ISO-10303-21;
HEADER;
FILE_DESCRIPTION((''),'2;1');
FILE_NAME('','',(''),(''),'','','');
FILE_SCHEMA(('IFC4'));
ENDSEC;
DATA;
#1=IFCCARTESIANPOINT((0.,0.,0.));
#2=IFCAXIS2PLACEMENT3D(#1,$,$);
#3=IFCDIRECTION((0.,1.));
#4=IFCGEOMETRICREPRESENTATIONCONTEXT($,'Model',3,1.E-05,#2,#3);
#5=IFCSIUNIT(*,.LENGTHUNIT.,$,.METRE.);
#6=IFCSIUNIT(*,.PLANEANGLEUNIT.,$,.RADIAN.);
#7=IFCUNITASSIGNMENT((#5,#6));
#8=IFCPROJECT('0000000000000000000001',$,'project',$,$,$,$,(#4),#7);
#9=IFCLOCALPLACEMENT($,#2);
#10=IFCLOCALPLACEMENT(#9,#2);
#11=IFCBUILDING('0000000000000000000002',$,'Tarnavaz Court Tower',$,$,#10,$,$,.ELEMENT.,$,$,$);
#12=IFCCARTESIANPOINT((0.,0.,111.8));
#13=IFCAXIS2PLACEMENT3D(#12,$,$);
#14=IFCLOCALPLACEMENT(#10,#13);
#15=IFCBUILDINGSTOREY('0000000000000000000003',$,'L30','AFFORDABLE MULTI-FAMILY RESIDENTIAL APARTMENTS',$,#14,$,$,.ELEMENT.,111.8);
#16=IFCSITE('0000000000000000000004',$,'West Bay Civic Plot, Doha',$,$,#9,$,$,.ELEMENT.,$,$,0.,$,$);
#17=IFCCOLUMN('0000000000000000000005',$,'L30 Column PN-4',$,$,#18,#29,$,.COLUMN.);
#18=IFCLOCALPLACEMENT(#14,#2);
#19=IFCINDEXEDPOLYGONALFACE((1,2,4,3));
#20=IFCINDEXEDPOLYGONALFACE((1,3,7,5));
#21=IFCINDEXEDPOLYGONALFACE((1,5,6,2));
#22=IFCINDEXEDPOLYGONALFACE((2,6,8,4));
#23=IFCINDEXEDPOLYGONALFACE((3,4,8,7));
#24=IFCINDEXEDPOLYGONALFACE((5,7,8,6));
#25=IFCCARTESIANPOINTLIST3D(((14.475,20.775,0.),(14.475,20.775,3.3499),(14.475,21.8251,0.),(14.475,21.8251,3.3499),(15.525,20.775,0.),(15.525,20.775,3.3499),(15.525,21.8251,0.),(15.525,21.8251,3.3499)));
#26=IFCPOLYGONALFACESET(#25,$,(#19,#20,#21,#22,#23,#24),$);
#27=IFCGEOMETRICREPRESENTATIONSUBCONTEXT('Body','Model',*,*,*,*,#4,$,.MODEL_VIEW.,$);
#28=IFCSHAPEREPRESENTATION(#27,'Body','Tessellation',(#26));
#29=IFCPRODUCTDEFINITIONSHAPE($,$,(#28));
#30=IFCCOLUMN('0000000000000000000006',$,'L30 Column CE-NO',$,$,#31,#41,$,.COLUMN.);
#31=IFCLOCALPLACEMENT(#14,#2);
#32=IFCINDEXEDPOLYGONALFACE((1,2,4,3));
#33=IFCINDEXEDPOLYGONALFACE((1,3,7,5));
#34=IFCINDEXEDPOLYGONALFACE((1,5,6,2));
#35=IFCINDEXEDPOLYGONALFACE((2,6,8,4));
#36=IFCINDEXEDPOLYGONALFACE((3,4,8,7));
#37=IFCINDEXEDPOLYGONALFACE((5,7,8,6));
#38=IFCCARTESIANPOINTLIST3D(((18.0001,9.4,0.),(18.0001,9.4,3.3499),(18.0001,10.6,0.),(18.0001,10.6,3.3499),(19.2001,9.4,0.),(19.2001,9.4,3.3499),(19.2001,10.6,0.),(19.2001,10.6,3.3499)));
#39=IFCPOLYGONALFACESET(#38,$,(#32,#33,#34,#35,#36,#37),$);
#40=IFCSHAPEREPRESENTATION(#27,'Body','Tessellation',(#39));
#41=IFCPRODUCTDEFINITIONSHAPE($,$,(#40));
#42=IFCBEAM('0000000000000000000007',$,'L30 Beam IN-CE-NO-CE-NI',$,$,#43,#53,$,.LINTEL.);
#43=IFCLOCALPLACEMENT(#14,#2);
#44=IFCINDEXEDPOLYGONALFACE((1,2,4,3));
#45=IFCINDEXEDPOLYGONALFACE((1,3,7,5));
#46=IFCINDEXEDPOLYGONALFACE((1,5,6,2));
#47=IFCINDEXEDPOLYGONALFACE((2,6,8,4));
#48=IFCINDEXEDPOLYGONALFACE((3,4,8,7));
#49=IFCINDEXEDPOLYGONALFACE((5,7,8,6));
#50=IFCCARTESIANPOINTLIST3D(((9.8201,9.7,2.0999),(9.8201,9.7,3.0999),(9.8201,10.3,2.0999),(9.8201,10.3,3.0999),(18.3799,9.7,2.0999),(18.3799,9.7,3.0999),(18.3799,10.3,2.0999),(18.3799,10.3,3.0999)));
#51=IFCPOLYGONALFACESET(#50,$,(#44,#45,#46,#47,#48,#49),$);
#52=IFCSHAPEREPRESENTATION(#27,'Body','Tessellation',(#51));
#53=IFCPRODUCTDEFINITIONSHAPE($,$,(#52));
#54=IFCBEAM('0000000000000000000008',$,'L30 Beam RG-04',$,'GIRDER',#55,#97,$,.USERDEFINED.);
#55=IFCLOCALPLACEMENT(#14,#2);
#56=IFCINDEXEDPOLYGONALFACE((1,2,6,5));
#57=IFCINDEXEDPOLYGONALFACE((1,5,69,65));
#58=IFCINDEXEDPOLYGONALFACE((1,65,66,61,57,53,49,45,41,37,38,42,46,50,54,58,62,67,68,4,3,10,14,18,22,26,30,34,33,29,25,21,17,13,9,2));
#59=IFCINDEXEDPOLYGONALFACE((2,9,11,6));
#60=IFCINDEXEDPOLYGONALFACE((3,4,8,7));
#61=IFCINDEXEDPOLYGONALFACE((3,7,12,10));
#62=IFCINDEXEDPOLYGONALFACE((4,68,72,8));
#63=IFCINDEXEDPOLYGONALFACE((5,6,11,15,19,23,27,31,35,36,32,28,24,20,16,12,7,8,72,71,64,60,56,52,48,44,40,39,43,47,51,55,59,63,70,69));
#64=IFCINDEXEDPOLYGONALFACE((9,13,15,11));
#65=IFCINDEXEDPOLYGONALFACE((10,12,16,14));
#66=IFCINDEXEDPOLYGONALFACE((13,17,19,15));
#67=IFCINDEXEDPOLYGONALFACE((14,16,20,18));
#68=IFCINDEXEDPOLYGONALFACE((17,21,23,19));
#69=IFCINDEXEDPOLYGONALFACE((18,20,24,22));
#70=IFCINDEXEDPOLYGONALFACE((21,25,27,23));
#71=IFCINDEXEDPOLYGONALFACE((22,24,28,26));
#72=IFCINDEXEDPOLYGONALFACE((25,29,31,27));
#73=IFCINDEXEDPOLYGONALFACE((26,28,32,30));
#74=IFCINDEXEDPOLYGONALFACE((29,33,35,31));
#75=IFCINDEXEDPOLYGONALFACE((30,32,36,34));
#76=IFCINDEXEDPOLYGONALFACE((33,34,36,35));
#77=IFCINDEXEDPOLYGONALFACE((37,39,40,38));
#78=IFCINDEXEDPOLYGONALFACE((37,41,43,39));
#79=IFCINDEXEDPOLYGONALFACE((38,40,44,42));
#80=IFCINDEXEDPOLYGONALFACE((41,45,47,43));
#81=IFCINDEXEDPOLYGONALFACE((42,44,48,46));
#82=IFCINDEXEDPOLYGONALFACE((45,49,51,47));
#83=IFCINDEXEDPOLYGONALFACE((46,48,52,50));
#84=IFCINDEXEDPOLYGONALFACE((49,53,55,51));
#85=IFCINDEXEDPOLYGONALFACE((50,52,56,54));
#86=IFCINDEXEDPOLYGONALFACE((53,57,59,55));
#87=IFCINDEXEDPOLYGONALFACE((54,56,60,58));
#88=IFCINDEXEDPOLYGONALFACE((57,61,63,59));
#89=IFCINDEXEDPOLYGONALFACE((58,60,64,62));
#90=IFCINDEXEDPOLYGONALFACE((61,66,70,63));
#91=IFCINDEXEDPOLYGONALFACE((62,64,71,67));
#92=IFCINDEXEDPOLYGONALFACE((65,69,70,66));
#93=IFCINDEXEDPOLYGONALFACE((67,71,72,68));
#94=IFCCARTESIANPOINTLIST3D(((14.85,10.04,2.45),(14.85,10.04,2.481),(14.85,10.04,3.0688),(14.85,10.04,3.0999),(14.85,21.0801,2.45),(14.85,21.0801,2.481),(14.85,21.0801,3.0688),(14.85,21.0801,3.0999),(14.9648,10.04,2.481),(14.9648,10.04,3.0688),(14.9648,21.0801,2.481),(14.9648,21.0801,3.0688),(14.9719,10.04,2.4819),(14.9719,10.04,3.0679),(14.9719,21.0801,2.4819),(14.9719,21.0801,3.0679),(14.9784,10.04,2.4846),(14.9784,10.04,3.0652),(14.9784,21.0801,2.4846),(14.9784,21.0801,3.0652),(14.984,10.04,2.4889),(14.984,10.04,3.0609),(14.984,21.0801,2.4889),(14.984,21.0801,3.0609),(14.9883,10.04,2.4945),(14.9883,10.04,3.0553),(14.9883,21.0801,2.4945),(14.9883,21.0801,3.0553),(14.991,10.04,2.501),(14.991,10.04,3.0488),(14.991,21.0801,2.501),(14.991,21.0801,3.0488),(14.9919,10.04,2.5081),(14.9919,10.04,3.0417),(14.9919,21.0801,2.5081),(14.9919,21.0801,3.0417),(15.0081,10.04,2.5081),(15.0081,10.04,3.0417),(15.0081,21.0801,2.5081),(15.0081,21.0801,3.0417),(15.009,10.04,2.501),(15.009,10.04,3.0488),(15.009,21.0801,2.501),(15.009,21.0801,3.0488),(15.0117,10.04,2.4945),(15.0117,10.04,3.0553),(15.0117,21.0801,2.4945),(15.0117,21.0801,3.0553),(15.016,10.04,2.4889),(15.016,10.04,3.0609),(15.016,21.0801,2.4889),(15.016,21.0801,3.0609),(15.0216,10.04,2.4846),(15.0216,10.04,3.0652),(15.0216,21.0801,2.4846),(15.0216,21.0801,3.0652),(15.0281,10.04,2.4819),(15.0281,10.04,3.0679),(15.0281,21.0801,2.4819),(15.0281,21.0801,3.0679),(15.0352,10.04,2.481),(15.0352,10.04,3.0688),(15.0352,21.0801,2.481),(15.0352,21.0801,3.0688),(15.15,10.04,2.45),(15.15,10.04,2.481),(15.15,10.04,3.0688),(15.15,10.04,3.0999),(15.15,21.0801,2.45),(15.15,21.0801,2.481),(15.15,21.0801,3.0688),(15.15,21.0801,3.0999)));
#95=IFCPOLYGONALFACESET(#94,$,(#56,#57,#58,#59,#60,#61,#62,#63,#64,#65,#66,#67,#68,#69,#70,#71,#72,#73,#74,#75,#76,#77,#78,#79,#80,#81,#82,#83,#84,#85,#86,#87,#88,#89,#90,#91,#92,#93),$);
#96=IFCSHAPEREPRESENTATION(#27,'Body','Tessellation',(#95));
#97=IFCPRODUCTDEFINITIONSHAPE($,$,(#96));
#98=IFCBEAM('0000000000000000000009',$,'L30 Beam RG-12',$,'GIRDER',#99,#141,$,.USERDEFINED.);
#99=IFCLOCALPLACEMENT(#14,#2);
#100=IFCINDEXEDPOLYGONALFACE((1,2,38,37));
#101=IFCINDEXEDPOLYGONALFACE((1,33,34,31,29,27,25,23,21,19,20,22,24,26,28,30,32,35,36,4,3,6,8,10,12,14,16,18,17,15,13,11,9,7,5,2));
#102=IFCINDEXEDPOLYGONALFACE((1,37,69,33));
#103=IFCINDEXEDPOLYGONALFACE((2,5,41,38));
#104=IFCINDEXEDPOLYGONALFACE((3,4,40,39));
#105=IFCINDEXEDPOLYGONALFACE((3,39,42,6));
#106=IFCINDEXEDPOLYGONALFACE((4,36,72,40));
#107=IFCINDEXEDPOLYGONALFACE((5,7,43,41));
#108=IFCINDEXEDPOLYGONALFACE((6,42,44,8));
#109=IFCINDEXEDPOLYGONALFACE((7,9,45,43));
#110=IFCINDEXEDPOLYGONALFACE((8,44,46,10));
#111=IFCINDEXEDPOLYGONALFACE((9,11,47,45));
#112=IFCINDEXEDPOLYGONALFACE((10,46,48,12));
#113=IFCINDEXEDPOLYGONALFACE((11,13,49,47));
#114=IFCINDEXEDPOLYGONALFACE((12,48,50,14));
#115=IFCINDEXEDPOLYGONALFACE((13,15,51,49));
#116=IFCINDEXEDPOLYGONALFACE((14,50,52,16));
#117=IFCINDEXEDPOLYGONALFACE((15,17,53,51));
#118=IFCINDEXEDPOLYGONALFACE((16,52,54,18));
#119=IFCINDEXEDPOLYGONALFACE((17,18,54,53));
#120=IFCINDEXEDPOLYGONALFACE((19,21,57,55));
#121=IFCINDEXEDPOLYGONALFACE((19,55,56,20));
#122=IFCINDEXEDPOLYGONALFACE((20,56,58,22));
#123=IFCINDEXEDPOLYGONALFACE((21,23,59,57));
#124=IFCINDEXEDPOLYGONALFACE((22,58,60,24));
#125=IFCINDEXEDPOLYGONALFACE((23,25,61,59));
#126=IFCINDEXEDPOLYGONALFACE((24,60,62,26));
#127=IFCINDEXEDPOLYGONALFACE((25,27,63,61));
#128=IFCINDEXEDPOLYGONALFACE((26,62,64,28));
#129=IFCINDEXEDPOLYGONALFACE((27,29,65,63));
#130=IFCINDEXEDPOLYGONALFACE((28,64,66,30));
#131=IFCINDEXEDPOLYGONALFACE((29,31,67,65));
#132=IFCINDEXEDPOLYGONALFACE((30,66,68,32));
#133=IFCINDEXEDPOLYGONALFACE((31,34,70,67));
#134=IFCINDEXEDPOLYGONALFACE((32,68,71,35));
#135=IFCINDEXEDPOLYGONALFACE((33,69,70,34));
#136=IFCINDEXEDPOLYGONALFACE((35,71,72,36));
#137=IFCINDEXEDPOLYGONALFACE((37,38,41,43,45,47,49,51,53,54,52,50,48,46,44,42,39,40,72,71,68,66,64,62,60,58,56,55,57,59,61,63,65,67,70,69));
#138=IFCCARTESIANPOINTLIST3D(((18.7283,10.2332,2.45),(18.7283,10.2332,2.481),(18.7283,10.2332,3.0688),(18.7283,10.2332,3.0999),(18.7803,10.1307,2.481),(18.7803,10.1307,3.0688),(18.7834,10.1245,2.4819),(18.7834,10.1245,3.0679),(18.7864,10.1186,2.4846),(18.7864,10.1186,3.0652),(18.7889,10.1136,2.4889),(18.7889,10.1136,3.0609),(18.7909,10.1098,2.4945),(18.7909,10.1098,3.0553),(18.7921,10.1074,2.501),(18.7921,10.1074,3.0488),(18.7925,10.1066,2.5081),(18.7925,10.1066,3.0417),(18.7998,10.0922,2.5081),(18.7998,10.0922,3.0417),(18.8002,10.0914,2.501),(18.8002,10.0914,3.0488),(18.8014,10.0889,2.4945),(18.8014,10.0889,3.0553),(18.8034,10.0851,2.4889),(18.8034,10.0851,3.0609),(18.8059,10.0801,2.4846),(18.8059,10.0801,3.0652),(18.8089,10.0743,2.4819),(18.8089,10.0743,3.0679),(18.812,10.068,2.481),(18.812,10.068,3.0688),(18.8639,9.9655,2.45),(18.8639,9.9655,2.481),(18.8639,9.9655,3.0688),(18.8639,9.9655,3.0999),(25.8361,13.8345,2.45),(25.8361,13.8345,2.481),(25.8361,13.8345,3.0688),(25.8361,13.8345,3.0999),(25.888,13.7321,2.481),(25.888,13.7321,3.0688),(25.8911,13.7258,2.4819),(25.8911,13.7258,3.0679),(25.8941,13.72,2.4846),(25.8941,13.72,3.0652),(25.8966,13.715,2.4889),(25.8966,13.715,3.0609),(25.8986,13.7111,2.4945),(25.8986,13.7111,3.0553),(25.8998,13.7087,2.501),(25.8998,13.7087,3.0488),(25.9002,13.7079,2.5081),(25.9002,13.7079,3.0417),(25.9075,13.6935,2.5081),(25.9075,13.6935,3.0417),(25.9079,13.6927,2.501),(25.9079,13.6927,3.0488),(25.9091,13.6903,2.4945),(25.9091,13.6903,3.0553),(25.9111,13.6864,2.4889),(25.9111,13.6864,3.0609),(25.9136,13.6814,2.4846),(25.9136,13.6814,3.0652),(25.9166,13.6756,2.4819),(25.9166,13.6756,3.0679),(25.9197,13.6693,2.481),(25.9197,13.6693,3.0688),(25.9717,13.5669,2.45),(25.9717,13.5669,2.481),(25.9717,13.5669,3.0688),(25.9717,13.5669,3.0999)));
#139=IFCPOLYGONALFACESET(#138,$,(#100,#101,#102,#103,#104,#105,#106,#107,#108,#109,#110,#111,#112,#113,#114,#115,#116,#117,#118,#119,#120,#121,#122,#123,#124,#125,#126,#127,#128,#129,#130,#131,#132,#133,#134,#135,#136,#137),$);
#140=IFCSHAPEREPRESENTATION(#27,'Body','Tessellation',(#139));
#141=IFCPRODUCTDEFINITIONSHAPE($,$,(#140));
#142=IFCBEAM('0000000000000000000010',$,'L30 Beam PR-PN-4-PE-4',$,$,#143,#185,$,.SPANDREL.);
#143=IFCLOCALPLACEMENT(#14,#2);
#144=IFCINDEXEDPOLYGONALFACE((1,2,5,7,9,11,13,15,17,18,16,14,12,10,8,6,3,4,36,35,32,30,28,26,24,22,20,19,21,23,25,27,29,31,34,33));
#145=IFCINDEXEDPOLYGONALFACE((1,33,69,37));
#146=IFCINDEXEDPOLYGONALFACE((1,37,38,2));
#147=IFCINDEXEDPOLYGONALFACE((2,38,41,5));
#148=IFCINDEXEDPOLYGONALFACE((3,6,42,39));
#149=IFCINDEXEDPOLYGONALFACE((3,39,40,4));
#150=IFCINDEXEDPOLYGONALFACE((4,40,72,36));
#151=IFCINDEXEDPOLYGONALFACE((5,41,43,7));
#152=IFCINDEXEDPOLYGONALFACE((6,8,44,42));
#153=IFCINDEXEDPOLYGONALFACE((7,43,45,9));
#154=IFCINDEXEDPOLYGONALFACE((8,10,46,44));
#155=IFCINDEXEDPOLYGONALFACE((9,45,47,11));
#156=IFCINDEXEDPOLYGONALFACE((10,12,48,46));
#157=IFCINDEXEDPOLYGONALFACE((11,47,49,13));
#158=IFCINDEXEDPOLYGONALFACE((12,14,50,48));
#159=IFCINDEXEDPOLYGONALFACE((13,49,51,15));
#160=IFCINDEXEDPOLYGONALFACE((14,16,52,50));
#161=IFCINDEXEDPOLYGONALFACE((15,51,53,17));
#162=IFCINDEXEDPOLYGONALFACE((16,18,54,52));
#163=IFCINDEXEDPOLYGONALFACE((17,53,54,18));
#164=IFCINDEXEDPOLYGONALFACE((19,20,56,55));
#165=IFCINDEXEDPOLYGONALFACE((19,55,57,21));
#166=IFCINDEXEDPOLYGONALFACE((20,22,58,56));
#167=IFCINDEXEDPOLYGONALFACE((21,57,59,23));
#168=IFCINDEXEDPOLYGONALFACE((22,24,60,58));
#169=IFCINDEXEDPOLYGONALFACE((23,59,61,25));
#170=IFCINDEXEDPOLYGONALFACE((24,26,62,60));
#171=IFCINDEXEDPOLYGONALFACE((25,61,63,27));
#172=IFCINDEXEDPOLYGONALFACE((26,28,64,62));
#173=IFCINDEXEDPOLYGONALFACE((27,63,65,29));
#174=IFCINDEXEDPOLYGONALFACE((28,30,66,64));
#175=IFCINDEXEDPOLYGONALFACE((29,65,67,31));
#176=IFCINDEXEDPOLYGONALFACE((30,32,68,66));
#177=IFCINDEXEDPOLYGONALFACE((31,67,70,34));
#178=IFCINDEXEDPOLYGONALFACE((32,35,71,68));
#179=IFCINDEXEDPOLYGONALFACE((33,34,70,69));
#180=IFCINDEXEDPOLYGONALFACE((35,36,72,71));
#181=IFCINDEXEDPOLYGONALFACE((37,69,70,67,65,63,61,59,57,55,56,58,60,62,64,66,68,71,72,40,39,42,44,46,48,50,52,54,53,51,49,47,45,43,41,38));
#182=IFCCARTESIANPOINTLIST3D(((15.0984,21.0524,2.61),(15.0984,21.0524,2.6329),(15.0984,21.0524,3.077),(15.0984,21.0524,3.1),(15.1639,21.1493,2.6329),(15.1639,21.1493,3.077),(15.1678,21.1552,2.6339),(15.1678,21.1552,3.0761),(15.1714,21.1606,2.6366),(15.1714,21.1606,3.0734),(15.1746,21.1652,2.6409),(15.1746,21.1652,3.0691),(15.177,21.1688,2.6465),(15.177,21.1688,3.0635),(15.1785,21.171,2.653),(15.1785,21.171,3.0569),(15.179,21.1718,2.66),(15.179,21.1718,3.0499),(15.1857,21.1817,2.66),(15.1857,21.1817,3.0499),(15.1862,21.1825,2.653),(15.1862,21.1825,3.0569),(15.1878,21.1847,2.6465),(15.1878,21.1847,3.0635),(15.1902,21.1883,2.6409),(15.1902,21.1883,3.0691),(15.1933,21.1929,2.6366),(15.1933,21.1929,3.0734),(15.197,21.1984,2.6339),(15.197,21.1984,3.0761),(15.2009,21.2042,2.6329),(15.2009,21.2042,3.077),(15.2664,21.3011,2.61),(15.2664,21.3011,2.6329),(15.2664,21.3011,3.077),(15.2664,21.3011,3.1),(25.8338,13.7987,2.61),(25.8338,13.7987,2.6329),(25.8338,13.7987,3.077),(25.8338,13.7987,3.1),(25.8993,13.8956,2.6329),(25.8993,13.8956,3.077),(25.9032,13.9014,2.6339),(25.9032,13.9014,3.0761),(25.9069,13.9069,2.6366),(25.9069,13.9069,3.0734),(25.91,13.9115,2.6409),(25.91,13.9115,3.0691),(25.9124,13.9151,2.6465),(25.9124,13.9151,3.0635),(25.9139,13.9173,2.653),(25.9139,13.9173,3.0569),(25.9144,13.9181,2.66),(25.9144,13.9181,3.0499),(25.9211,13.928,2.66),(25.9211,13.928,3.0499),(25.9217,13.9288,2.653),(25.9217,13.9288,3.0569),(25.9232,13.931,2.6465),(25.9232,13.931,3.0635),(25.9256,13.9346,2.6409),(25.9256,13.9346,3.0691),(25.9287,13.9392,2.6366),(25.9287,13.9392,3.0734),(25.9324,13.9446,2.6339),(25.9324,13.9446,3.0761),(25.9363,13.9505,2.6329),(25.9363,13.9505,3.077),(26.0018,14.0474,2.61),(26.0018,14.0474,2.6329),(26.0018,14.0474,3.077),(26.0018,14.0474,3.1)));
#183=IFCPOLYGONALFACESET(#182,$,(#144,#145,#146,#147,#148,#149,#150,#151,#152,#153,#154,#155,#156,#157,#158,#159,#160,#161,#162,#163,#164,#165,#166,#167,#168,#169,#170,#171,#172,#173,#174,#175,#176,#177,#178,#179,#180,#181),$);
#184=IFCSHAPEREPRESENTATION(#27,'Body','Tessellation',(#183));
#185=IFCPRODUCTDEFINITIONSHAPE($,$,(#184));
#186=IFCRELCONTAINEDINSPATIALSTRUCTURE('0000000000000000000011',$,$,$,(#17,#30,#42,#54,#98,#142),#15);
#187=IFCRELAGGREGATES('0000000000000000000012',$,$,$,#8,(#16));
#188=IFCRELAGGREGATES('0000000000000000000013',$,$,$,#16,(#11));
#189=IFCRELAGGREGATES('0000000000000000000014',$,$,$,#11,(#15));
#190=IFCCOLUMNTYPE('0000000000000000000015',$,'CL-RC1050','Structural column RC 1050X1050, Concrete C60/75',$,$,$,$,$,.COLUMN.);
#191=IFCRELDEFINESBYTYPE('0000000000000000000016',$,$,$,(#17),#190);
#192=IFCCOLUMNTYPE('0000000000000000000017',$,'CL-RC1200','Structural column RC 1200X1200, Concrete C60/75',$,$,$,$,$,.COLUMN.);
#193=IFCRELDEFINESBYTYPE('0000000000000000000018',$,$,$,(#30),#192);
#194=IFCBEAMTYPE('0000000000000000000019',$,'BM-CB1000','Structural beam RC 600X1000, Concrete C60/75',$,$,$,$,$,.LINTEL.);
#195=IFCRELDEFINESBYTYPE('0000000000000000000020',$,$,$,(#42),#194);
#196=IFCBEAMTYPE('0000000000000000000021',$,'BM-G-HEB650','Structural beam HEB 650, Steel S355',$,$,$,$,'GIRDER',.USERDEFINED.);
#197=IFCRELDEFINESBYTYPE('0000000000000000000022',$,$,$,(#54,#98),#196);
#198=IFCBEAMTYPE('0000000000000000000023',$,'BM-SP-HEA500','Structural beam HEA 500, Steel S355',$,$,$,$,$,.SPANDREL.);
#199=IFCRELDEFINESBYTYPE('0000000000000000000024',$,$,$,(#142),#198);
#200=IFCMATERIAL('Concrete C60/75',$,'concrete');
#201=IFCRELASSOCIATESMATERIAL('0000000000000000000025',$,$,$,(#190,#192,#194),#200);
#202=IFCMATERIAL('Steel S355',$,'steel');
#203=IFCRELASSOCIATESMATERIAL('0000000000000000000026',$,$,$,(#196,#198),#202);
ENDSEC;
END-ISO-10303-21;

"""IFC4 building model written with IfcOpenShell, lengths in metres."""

from ifc_helpers import new_model, si_unit, direction, frame, origin, origin_2d, place, context, subcontext, project, spatial, rectangle, i_section, extrude, material, material_profile, profile_set, type_object, element, save


model = new_model("IFC4")

# Units and contexts
model_context = context("Model", 3, precision=1e-05, world=origin(), true_north=direction((0.0, 1.0)))
body_context = subcontext(model_context, "Body", "Model", "MODEL_VIEW")
ifc_project = project(units=[si_unit("LENGTHUNIT", "METRE"), si_unit("PLANEANGLEUNIT", "RADIAN")], contexts=[model_context])

# Site, building, storey
site_placement = place(None, origin())
site = spatial("IfcSite", under=ifc_project, at=site_placement, Name="West Bay Civic Plot, Doha", CompositionType="ELEMENT", RefElevation=0.0)
building_placement = place(site_placement, origin())
building = spatial("IfcBuilding", under=site, at=building_placement, Name="Tarnavaz Court Tower", CompositionType="ELEMENT")
storey_placement = place(building_placement, frame((0.0, 0.0, 111.8)))
storey = spatial("IfcBuildingStorey", under=building, at=storey_placement, Name="L30", Description="AFFORDABLE MULTI-FAMILY RESIDENTIAL APARTMENTS", CompositionType="ELEMENT", Elevation=111.8)

# Columns
ifc_material_1 = material(Name="Concrete C60/75", Category="concrete")
ifc_material_profile_1 = material_profile(ifc_material_1, rectangle(XDim=1.05, YDim=1.05, at=origin_2d()), Name="RC 1050X1050")
ifc_profile_set_1 = profile_set([ifc_material_profile_1], Name="Concrete C60/75")
column_type_1 = type_object("IfcColumnType", Name="CL-RC1050", Description="Structural column RC 1050X1050, Concrete C60/75", PredefinedType="COLUMN", material=ifc_profile_set_1)
column_1_placement = place(storey_placement, frame((15.0, 21.3, 0.0), z_axis=(0.0, 0.0, 1.0), x_axis=(1.0, 0.0, 0.0)))
element("IfcColumn", 1, at=column_1_placement, inside=storey, type_object=column_type_1, Name="L30 Column PN-4", PredefinedType="COLUMN", context=body_context, shape_type="SweptSolid", body=[
    extrude(rectangle(XDim=1.05, YDim=1.05, at=origin_2d()), origin(), (0.0, 0.0, 1.0), 3.3499),
])
ifc_material_profile_2 = material_profile(ifc_material_1, rectangle(XDim=1.2, YDim=1.2, at=origin_2d()), Name="RC 1200X1200")
ifc_profile_set_2 = profile_set([ifc_material_profile_2], Name="Concrete C60/75")
column_type_2 = type_object("IfcColumnType", Name="CL-RC1200", Description="Structural column RC 1200X1200, Concrete C60/75", PredefinedType="COLUMN", material=ifc_profile_set_2)
column_2_placement = place(storey_placement, frame((18.6001, 10.0, 0.0), z_axis=(0.0, 0.0, 1.0), x_axis=(1.0, 0.0, 0.0)))
element("IfcColumn", 2, at=column_2_placement, inside=storey, type_object=column_type_2, Name="L30 Column CE-NO", PredefinedType="COLUMN", context=body_context, shape_type="SweptSolid", body=[
    extrude(rectangle(XDim=1.2, YDim=1.2, at=origin_2d()), origin(), (0.0, 0.0, 1.0), 3.3499),
])

# Beams
ifc_material_profile_3 = material_profile(ifc_material_1, rectangle(XDim=0.6001, YDim=1.0, at=origin_2d()), Name="RC 600X1000")
ifc_profile_set_3 = profile_set([ifc_material_profile_3], Name="Concrete C60/75")
beam_type_1 = type_object("IfcBeamType", Name="BM-CB1000", Description="Structural beam RC 600X1000, Concrete C60/75", PredefinedType="LINTEL", material=ifc_profile_set_3)
beam_1_placement = place(storey_placement, frame((18.3799, 10.0, 2.5999), z_axis=(-1.0, 0.0, 0.0), x_axis=(0.0, -1.0, 0.0)))
element("IfcBeam", 3, at=beam_1_placement, inside=storey, type_object=beam_type_1, Name="L30 Beam IN-CE-NO-CE-NI", PredefinedType="LINTEL", context=body_context, shape_type="SweptSolid", body=[
    extrude(rectangle(XDim=0.6001, YDim=1.0, at=origin_2d()), origin(), (0.0, 0.0, 1.0), 8.5598),
])
ifc_material_2 = material(Name="Steel S355", Category="steel")
ifc_material_profile_4 = material_profile(ifc_material_2, i_section(OverallWidth=0.3, OverallDepth=0.6499, WebThickness=0.0161, FlangeThickness=0.031, FilletRadius=0.0271, at=origin_2d()), Name="HEB 650")
ifc_profile_set_4 = profile_set([ifc_material_profile_4], Name="Steel S355")
beam_type_2 = type_object("IfcBeamType", Name="BM-G-HEB650", Description="Structural beam HEB 650, Steel S355", ElementType="GIRDER", PredefinedType="USERDEFINED", material=ifc_profile_set_4)
beam_2_placement = place(storey_placement, frame((15.0, 10.04, 2.7749), z_axis=(0.0, 1.0, 0.0), x_axis=(-1.0, 0.0, 0.0)))
element("IfcBeam", 4, at=beam_2_placement, inside=storey, type_object=beam_type_2, Name="L30 Beam RG-04", ObjectType="GIRDER", PredefinedType="USERDEFINED", context=body_context, shape_type="SweptSolid", body=[
    extrude(i_section(OverallWidth=0.3, OverallDepth=0.6499, WebThickness=0.0161, FlangeThickness=0.031, FilletRadius=0.0271, at=origin_2d()), origin(), (0.0, 0.0, 1.0), 11.04),
])
beam_3_placement = place(storey_placement, frame((18.7961, 10.0994, 2.7749), z_axis=(0.892031, 0.451975, 0.0), x_axis=(-0.451975, 0.892031, 0.0)))
element("IfcBeam", 5, at=beam_3_placement, inside=storey, type_object=beam_type_2, Name="L30 Beam RG-12", ObjectType="GIRDER", PredefinedType="USERDEFINED", context=body_context, shape_type="SweptSolid", body=[
    extrude(i_section(OverallWidth=0.3, OverallDepth=0.6499, WebThickness=0.0161, FlangeThickness=0.031, FilletRadius=0.0271, at=origin_2d()), origin(), (0.0, 0.0, 1.0), 7.968),
])
ifc_material_profile_5 = material_profile(ifc_material_2, i_section(OverallWidth=0.3, OverallDepth=0.49, WebThickness=0.012, FlangeThickness=0.0229, FilletRadius=0.0271, at=origin_2d()), Name="HEA 500")
ifc_profile_set_5 = profile_set([ifc_material_profile_5], Name="Steel S355")
beam_type_3 = type_object("IfcBeamType", Name="BM-SP-HEA500", Description="Structural beam HEA 500, Steel S355", PredefinedType="SPANDREL", material=ifc_profile_set_5)
beam_4_placement = place(storey_placement, frame((15.1824, 21.1768, 2.855), z_axis=(0.828587, -0.55986, 0.0), x_axis=(0.55986, 0.828587, 0.0)))
element("IfcBeam", 6, at=beam_4_placement, inside=storey, type_object=beam_type_3, Name="L30 Beam PR-PN-4-PE-4", PredefinedType="SPANDREL", context=body_context, shape_type="SweptSolid", body=[
    extrude(i_section(OverallWidth=0.3, OverallDepth=0.49, WebThickness=0.012, FlangeThickness=0.0229, FilletRadius=0.0271, at=origin_2d()), origin(), (0.0, 0.0, 1.0), 12.9563),
])

save(model, "model.ifc")
